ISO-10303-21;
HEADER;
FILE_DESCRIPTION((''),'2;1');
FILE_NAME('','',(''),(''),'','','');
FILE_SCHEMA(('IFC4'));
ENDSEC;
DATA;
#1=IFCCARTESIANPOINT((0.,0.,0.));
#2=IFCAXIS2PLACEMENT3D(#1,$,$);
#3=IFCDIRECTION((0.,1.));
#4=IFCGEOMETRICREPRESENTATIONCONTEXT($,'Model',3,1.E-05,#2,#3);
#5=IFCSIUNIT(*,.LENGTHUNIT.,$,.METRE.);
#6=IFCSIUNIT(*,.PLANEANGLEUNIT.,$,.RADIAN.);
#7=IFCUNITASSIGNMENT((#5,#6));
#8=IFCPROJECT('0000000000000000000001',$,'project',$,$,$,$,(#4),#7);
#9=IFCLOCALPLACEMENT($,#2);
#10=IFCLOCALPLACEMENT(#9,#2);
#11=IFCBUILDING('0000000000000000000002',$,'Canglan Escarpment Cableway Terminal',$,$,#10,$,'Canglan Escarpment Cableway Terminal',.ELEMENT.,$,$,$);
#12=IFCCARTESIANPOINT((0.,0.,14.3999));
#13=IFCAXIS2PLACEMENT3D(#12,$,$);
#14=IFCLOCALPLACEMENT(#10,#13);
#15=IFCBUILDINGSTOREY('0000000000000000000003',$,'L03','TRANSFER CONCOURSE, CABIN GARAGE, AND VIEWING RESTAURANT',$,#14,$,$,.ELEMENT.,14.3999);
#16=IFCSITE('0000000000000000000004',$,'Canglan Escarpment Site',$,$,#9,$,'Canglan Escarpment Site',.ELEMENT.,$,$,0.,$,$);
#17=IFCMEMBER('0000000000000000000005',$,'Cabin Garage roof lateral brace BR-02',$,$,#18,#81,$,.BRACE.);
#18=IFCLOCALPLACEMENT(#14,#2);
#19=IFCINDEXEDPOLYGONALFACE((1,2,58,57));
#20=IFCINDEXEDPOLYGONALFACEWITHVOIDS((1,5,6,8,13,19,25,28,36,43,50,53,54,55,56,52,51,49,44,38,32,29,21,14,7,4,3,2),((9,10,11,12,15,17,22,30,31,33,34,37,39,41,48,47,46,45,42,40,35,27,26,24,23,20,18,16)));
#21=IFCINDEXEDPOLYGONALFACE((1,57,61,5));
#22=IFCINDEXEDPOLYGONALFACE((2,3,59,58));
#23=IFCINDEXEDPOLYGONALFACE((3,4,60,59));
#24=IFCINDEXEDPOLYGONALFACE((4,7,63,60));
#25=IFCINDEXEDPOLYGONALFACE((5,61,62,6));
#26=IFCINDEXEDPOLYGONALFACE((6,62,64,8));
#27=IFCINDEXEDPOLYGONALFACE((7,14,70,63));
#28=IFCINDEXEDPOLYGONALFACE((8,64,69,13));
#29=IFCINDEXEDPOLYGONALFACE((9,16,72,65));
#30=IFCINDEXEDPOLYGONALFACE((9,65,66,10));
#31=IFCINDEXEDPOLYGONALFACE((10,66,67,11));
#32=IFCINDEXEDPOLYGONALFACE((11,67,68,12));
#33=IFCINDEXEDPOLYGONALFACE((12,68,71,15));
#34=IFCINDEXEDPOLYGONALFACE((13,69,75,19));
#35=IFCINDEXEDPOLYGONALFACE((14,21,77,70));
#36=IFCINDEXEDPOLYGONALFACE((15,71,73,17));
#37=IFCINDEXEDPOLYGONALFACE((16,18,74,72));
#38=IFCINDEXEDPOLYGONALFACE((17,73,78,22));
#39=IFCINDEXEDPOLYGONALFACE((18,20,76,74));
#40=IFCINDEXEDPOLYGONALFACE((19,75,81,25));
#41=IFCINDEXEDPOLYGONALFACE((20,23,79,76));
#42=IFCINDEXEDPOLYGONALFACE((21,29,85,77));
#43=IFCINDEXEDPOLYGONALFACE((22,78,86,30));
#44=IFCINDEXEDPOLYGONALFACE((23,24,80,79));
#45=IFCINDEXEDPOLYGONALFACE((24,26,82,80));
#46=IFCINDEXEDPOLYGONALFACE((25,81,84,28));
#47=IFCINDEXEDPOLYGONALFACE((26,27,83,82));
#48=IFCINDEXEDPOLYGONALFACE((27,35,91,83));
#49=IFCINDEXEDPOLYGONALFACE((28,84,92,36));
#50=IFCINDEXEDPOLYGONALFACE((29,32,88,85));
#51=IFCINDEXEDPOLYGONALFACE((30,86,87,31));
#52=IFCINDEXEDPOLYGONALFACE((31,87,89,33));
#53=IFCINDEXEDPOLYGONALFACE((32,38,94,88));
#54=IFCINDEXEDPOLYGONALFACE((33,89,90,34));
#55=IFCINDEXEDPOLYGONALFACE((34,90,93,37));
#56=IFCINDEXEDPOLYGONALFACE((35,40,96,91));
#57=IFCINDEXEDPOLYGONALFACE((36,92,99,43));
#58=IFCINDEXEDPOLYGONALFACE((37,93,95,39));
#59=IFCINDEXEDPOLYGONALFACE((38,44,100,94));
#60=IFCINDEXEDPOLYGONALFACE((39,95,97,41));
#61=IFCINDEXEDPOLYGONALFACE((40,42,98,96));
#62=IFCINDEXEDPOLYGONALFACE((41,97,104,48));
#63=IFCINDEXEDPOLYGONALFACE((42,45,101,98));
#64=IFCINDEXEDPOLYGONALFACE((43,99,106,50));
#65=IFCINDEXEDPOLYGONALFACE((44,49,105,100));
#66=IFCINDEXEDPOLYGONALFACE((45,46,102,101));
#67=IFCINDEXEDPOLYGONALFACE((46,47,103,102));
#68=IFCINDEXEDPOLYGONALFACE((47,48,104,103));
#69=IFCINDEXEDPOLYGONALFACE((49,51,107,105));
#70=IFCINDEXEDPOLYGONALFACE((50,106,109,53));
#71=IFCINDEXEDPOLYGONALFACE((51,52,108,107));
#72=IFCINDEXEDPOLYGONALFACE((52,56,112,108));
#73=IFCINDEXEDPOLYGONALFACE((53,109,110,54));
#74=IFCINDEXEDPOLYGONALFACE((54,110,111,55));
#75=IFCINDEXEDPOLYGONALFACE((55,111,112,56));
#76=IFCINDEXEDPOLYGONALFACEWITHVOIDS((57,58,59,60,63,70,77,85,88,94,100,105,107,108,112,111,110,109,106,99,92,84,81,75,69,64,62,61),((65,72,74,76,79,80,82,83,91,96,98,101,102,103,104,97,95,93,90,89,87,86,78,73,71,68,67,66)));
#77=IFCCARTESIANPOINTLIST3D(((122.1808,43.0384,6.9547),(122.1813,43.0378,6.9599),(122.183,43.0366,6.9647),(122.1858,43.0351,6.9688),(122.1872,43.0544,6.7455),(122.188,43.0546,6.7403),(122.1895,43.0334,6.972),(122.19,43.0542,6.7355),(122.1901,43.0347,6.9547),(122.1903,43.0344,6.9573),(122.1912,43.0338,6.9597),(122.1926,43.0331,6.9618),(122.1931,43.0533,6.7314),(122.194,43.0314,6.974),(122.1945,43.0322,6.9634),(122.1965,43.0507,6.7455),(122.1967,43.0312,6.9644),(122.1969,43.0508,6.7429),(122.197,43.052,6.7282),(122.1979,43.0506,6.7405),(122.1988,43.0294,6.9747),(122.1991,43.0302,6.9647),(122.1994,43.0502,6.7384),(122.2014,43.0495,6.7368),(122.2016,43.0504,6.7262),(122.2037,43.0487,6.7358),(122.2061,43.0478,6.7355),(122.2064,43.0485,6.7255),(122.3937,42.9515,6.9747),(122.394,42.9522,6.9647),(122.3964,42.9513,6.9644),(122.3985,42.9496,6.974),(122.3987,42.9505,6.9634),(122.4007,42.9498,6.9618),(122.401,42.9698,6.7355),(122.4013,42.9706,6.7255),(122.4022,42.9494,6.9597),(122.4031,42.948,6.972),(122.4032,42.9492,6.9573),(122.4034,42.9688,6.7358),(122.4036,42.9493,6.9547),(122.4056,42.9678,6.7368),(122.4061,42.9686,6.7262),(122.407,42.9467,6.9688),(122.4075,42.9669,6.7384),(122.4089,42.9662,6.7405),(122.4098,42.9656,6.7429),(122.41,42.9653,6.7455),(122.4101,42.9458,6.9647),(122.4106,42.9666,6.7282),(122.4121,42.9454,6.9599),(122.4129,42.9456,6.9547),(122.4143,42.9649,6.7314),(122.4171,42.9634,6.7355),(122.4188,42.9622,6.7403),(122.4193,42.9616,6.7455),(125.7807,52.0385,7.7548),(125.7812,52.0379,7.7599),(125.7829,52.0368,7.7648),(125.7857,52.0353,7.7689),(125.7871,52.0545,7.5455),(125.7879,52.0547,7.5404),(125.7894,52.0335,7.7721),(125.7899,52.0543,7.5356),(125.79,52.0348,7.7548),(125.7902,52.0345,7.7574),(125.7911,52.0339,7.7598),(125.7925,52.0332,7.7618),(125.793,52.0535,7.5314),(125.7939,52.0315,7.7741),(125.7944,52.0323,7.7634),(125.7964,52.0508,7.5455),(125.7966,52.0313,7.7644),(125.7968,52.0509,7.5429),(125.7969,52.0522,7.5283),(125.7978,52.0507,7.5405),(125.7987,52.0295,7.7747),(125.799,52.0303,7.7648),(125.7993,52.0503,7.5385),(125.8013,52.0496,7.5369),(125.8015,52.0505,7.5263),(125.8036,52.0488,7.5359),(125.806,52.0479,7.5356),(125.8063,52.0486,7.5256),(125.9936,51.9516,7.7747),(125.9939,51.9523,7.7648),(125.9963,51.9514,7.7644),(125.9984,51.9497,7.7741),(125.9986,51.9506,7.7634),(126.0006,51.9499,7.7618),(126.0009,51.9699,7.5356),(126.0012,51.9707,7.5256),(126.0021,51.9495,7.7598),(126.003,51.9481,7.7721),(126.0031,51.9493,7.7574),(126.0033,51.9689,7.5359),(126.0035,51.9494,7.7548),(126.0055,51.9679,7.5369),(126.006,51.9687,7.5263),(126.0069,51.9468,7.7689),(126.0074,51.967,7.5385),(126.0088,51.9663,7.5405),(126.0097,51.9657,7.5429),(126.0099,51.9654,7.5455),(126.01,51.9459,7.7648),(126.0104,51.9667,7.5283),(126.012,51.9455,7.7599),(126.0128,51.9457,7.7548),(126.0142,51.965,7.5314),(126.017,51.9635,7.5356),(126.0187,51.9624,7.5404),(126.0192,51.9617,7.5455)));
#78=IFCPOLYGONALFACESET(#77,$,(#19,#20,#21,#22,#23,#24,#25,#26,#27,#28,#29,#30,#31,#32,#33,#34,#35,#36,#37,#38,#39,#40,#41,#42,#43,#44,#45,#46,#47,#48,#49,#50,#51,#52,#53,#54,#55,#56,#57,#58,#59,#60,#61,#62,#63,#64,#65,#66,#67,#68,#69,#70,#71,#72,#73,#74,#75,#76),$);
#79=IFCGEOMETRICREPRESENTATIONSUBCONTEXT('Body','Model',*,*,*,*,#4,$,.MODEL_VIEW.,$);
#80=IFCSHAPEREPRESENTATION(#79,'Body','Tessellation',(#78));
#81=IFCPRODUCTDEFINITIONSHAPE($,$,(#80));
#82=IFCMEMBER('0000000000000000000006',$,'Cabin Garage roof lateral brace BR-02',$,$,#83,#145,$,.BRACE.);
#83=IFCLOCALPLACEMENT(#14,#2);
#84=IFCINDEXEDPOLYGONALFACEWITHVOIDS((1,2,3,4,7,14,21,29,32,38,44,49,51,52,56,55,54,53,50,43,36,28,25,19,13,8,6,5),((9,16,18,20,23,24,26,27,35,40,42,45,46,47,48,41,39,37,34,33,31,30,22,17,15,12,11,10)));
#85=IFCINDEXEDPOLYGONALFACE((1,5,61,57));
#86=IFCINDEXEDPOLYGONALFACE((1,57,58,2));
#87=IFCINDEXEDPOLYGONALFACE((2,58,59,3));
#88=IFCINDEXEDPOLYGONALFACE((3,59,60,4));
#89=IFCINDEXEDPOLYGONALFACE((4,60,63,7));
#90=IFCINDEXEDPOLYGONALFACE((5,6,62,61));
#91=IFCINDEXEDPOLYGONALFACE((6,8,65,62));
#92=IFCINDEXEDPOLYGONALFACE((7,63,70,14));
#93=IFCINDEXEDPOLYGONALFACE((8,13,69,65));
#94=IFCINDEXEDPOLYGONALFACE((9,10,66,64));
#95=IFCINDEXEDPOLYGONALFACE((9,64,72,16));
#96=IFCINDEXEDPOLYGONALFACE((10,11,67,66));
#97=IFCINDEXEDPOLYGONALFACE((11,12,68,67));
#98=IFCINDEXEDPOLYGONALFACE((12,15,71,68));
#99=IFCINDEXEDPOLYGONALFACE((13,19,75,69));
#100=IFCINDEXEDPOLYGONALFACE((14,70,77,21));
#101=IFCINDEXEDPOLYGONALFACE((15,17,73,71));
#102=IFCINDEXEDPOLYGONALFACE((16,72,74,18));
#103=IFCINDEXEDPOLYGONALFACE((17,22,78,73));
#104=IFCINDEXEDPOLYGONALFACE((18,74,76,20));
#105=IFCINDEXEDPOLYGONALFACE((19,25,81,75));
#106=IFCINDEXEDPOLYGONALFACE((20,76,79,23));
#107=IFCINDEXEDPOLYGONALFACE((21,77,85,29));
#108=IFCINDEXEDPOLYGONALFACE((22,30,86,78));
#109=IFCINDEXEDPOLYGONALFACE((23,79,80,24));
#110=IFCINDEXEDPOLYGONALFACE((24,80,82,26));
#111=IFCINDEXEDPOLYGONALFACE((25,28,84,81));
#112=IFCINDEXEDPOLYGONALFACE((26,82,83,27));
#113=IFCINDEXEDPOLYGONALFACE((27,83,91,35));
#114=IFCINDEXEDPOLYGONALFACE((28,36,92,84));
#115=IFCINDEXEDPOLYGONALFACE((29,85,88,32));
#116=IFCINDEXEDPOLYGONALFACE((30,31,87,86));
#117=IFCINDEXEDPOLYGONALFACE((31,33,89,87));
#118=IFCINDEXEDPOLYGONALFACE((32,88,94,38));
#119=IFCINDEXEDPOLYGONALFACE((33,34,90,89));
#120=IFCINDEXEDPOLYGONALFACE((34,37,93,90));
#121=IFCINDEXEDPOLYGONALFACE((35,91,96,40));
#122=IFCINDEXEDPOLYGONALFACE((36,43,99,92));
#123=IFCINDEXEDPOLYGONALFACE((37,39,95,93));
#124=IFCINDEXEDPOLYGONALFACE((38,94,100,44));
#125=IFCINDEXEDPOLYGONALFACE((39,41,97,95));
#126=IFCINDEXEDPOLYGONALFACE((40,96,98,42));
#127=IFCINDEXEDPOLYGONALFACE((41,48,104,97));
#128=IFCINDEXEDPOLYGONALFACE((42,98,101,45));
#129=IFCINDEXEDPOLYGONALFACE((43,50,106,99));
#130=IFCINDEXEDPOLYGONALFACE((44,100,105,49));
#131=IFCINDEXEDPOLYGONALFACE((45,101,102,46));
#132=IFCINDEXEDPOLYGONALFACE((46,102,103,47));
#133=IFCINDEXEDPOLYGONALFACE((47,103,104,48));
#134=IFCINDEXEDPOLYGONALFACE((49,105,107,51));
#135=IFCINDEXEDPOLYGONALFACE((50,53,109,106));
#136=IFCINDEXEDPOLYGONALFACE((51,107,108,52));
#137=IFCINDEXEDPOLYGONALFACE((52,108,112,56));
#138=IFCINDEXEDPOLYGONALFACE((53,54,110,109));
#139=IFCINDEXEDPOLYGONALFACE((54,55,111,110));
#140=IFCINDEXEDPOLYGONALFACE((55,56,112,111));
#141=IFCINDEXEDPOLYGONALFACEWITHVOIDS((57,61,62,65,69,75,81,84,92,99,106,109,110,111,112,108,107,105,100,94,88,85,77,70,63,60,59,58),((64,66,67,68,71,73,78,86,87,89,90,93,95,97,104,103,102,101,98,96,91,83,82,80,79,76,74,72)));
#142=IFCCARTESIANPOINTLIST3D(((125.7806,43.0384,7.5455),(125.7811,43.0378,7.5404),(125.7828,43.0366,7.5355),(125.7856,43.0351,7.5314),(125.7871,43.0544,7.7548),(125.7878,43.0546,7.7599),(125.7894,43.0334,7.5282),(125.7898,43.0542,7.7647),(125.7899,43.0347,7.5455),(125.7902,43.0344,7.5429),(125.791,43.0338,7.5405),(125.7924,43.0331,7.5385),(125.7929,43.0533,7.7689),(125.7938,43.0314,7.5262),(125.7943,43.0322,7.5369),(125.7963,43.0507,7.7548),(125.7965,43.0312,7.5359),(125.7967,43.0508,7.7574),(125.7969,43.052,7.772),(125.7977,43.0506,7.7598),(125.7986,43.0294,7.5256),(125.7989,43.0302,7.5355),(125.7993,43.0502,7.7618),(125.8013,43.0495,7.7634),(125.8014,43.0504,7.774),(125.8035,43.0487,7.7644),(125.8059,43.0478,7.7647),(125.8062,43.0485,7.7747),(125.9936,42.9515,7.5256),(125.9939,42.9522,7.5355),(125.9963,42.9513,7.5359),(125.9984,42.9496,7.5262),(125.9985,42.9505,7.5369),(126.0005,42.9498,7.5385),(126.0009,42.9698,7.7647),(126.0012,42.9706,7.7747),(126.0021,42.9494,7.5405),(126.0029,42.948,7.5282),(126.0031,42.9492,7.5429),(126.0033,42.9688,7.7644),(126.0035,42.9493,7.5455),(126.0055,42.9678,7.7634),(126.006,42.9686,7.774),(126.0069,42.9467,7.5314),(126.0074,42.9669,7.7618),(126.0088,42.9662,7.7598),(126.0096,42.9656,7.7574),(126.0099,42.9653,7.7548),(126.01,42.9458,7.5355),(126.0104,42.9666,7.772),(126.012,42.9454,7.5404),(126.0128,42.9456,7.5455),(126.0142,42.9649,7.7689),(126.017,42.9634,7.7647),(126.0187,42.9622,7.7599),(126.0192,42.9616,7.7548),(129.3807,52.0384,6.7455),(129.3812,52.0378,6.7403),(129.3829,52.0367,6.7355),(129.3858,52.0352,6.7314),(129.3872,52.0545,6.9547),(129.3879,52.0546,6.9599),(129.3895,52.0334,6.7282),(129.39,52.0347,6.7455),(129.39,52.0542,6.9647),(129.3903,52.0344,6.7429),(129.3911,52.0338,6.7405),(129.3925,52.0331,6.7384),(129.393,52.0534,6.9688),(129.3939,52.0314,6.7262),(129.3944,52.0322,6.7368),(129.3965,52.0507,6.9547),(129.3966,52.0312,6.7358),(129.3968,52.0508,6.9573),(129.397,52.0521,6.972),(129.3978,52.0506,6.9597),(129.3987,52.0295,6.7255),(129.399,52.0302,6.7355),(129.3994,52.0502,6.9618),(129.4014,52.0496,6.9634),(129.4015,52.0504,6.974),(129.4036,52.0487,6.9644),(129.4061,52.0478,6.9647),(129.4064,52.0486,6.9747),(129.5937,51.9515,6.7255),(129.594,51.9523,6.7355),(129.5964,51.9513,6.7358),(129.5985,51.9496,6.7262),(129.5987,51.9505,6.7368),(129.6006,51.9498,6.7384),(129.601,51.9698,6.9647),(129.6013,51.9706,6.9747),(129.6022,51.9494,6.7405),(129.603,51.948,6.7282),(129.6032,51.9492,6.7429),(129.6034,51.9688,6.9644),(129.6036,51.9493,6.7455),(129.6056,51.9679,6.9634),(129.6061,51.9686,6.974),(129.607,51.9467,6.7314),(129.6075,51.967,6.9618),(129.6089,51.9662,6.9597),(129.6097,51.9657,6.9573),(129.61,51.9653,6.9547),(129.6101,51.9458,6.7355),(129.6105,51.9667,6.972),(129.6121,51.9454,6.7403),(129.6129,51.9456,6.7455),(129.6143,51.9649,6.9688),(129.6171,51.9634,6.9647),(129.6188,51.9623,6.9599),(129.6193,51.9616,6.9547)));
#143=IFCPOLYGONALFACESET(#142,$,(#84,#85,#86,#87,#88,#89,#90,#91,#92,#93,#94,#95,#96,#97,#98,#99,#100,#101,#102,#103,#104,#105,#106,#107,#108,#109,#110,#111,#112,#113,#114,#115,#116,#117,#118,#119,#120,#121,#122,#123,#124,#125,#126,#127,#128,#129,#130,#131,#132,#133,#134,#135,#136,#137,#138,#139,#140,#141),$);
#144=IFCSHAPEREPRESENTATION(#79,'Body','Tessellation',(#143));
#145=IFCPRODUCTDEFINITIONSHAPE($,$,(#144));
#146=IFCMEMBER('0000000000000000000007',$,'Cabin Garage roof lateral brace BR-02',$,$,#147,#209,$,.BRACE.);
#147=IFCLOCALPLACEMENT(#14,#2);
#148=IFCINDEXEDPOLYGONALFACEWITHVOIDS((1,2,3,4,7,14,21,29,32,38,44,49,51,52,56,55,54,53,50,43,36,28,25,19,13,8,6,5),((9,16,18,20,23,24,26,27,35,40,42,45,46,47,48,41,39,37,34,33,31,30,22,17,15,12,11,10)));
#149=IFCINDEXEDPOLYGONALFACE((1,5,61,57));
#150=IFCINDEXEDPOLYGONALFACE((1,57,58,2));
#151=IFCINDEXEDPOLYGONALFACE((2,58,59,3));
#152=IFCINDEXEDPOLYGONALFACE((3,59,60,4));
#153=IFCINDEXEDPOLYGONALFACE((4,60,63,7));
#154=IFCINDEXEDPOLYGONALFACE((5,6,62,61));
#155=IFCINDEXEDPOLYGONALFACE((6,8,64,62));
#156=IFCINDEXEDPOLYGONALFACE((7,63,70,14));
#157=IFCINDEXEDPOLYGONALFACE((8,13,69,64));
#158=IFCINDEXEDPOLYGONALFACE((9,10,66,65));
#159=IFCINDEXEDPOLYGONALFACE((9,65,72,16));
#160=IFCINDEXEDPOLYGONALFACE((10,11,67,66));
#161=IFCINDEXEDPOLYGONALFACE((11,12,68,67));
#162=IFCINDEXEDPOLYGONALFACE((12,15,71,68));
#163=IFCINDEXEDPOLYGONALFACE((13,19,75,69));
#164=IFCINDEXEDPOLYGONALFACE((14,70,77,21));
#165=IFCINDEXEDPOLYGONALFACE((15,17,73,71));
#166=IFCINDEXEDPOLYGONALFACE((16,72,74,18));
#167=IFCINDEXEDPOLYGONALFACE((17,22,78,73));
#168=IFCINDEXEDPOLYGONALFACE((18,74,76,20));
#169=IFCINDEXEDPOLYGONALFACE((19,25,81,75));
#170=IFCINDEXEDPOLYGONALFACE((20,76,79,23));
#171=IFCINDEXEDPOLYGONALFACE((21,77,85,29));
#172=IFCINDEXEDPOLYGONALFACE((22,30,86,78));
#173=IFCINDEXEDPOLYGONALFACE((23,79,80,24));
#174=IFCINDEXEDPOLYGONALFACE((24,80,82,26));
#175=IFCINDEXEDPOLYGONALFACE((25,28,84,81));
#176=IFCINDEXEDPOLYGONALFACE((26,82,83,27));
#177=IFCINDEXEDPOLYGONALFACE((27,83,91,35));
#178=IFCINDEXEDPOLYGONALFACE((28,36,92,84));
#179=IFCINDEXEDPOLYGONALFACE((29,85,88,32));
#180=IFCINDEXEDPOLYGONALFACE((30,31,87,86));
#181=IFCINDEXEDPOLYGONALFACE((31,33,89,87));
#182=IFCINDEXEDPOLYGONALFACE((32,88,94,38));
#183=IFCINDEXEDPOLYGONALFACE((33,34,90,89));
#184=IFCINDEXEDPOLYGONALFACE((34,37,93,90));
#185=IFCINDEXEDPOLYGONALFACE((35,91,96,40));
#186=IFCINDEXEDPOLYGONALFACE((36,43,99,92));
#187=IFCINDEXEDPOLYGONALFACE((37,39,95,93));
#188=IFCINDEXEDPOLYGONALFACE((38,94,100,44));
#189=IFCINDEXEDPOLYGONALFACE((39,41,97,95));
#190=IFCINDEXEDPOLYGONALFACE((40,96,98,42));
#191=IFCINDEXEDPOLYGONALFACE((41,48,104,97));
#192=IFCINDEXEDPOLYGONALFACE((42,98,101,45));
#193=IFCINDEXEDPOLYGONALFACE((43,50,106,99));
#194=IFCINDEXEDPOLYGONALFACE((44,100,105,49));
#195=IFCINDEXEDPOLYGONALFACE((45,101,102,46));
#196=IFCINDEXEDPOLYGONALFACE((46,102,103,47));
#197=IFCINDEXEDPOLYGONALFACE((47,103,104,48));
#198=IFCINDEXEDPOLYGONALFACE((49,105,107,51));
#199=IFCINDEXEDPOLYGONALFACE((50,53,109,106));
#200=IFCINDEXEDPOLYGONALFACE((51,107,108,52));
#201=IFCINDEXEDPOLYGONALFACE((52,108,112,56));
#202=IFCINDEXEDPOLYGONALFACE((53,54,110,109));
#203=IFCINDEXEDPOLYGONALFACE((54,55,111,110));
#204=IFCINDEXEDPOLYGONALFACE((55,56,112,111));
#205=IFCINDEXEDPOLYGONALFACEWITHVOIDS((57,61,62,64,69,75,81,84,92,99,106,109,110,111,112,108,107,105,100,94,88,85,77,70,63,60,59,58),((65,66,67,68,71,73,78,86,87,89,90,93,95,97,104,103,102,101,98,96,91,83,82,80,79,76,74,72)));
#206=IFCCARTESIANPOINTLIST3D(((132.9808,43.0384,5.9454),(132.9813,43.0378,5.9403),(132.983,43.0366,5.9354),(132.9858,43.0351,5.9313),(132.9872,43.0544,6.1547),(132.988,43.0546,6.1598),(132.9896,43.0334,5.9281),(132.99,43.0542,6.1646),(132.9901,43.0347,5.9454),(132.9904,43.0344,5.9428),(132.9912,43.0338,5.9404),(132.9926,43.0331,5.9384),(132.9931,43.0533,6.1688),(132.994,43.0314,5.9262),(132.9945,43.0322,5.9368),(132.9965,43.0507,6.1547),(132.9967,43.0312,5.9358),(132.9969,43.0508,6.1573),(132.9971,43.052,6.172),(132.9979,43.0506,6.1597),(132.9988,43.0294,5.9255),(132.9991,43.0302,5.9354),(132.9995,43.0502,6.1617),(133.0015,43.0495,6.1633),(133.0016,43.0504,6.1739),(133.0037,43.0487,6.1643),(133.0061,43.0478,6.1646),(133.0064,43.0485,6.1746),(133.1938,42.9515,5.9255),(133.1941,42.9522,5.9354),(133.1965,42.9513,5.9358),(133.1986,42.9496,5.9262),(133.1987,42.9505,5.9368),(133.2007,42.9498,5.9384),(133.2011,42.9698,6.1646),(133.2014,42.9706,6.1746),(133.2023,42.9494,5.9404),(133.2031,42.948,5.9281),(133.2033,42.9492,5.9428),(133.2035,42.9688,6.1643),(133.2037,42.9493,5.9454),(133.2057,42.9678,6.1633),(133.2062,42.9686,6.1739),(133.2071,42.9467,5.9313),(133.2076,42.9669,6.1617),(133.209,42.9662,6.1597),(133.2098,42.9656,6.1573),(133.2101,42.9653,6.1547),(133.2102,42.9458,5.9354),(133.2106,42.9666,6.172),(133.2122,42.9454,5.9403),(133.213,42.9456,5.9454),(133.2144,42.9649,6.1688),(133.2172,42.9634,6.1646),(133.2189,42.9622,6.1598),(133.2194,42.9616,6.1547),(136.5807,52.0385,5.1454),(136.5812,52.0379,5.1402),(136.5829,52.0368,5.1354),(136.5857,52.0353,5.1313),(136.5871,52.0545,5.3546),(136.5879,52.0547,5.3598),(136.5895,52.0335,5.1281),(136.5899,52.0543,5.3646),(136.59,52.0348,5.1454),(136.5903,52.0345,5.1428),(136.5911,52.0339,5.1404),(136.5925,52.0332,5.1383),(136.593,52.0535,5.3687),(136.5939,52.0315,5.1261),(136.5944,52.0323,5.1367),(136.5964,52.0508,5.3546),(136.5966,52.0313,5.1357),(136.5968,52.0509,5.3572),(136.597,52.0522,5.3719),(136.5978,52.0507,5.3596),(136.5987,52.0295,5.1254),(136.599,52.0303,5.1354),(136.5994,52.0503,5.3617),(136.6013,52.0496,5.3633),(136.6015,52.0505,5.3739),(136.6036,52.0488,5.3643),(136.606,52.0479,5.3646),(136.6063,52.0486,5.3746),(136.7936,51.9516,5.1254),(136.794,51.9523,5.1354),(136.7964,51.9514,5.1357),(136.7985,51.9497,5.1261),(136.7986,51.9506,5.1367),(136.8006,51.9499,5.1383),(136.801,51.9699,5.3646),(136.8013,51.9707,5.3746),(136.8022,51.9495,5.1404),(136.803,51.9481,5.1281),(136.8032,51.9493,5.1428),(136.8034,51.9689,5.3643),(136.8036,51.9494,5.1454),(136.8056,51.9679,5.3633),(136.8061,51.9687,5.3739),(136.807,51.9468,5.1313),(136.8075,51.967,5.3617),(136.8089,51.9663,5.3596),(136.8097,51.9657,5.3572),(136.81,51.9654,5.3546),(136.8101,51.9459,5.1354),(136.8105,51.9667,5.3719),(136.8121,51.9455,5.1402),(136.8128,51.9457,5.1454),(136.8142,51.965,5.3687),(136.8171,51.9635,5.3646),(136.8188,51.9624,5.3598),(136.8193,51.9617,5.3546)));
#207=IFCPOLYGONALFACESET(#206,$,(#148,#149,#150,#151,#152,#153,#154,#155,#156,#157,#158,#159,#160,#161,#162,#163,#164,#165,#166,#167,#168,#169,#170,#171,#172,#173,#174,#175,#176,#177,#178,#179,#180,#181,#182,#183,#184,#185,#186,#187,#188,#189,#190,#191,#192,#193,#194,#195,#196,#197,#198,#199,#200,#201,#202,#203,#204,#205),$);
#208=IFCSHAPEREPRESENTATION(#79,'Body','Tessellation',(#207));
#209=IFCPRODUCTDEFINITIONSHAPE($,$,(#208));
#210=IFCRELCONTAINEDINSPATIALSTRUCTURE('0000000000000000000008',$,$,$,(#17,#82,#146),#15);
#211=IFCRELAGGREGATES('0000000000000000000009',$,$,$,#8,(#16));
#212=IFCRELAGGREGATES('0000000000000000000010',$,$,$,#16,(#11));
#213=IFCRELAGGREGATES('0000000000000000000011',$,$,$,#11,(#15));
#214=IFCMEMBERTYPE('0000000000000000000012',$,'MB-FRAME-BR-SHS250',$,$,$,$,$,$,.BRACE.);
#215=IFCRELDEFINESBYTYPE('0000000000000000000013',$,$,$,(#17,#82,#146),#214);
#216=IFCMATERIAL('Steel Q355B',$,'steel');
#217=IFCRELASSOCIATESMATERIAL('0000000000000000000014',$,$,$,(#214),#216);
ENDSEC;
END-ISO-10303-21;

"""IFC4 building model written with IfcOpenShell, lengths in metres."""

from ifc_helpers import new_model, si_unit, direction, frame, origin, origin_2d, place, context, subcontext, project, spatial, hollow_rectangle, extrude, material, material_profile, profile_set, type_object, element, save


model = new_model("IFC4")

# Units and contexts
model_context = context("Model", 3, precision=1e-05, world=origin(), true_north=direction((0.0, 1.0)))
body_context = subcontext(model_context, "Body", "Model", "MODEL_VIEW")
ifc_project = project(units=[si_unit("LENGTHUNIT", "METRE"), si_unit("PLANEANGLEUNIT", "RADIAN")], contexts=[model_context])

# Site, building, storey
site_placement = place(None, origin())
site = spatial("IfcSite", under=ifc_project, at=site_placement, Name="Canglan Escarpment Site", LongName="Canglan Escarpment Site", CompositionType="ELEMENT", RefElevation=0.0)
building_placement = place(site_placement, origin())
building = spatial("IfcBuilding", under=site, at=building_placement, Name="Canglan Escarpment Cableway Terminal", LongName="Canglan Escarpment Cableway Terminal", CompositionType="ELEMENT")
storey_placement = place(building_placement, frame((0.0, 0.0, 14.3999)))
storey = spatial("IfcBuildingStorey", under=building, at=storey_placement, Name="L03", Description="TRANSFER CONCOURSE, CABIN GARAGE, AND VIEWING RESTAURANT", CompositionType="ELEMENT", Elevation=14.3999)

# Shared definitions
ifc_material_1 = material(Name="Steel Q355B", Category="steel")

# Members
ifc_material_profile_1 = material_profile(ifc_material_1, hollow_rectangle(XDim=0.25, YDim=0.25, WallThickness=0.01, InnerFilletRadius=0.01, OuterFilletRadius=0.02, at=origin_2d()), Name="SHS 250x250x10")
ifc_profile_set_1 = profile_set([ifc_material_profile_1], Name="Steel Q355B")
member_type_1 = type_object("IfcMemberType", Name="MB-FRAME-BR-SHS250", PredefinedType="BRACE", material=ifc_profile_set_1)
for number, where, z_axis, x_axis, name in (
    (1, (122.3, 43.0, 6.8501), (0.370119, 0.925335, 0.082257), (-0.928482, 0.371378, 0.0), "Cabin Garage roof lateral brace BR-02"),
    (2, (125.8999, 43.0, 7.6501), (0.370141, 0.925327, -0.082256), (-0.928473, 0.371399, 0.0), "Cabin Garage roof lateral brace BR-02"),
    (3, (133.1001, 43.0, 6.05), (0.370119, 0.925335, -0.082257), (-0.928482, 0.371378, 0.0), "Cabin Garage roof lateral brace BR-02"),
):
    element("IfcMember", number, at=place(storey_placement, frame(where, z_axis=z_axis, x_axis=x_axis)), inside=storey, type_object=member_type_1, Name=name, PredefinedType="BRACE", context=body_context, shape_type="SweptSolid", body=[
        extrude(hollow_rectangle(XDim=0.25, YDim=0.25, WallThickness=0.01, InnerFilletRadius=0.01, OuterFilletRadius=0.02, at=origin_2d()), origin(), (0.0, 0.0, 1.0), 9.7263),
    ])

save(model, "model.ifc")
